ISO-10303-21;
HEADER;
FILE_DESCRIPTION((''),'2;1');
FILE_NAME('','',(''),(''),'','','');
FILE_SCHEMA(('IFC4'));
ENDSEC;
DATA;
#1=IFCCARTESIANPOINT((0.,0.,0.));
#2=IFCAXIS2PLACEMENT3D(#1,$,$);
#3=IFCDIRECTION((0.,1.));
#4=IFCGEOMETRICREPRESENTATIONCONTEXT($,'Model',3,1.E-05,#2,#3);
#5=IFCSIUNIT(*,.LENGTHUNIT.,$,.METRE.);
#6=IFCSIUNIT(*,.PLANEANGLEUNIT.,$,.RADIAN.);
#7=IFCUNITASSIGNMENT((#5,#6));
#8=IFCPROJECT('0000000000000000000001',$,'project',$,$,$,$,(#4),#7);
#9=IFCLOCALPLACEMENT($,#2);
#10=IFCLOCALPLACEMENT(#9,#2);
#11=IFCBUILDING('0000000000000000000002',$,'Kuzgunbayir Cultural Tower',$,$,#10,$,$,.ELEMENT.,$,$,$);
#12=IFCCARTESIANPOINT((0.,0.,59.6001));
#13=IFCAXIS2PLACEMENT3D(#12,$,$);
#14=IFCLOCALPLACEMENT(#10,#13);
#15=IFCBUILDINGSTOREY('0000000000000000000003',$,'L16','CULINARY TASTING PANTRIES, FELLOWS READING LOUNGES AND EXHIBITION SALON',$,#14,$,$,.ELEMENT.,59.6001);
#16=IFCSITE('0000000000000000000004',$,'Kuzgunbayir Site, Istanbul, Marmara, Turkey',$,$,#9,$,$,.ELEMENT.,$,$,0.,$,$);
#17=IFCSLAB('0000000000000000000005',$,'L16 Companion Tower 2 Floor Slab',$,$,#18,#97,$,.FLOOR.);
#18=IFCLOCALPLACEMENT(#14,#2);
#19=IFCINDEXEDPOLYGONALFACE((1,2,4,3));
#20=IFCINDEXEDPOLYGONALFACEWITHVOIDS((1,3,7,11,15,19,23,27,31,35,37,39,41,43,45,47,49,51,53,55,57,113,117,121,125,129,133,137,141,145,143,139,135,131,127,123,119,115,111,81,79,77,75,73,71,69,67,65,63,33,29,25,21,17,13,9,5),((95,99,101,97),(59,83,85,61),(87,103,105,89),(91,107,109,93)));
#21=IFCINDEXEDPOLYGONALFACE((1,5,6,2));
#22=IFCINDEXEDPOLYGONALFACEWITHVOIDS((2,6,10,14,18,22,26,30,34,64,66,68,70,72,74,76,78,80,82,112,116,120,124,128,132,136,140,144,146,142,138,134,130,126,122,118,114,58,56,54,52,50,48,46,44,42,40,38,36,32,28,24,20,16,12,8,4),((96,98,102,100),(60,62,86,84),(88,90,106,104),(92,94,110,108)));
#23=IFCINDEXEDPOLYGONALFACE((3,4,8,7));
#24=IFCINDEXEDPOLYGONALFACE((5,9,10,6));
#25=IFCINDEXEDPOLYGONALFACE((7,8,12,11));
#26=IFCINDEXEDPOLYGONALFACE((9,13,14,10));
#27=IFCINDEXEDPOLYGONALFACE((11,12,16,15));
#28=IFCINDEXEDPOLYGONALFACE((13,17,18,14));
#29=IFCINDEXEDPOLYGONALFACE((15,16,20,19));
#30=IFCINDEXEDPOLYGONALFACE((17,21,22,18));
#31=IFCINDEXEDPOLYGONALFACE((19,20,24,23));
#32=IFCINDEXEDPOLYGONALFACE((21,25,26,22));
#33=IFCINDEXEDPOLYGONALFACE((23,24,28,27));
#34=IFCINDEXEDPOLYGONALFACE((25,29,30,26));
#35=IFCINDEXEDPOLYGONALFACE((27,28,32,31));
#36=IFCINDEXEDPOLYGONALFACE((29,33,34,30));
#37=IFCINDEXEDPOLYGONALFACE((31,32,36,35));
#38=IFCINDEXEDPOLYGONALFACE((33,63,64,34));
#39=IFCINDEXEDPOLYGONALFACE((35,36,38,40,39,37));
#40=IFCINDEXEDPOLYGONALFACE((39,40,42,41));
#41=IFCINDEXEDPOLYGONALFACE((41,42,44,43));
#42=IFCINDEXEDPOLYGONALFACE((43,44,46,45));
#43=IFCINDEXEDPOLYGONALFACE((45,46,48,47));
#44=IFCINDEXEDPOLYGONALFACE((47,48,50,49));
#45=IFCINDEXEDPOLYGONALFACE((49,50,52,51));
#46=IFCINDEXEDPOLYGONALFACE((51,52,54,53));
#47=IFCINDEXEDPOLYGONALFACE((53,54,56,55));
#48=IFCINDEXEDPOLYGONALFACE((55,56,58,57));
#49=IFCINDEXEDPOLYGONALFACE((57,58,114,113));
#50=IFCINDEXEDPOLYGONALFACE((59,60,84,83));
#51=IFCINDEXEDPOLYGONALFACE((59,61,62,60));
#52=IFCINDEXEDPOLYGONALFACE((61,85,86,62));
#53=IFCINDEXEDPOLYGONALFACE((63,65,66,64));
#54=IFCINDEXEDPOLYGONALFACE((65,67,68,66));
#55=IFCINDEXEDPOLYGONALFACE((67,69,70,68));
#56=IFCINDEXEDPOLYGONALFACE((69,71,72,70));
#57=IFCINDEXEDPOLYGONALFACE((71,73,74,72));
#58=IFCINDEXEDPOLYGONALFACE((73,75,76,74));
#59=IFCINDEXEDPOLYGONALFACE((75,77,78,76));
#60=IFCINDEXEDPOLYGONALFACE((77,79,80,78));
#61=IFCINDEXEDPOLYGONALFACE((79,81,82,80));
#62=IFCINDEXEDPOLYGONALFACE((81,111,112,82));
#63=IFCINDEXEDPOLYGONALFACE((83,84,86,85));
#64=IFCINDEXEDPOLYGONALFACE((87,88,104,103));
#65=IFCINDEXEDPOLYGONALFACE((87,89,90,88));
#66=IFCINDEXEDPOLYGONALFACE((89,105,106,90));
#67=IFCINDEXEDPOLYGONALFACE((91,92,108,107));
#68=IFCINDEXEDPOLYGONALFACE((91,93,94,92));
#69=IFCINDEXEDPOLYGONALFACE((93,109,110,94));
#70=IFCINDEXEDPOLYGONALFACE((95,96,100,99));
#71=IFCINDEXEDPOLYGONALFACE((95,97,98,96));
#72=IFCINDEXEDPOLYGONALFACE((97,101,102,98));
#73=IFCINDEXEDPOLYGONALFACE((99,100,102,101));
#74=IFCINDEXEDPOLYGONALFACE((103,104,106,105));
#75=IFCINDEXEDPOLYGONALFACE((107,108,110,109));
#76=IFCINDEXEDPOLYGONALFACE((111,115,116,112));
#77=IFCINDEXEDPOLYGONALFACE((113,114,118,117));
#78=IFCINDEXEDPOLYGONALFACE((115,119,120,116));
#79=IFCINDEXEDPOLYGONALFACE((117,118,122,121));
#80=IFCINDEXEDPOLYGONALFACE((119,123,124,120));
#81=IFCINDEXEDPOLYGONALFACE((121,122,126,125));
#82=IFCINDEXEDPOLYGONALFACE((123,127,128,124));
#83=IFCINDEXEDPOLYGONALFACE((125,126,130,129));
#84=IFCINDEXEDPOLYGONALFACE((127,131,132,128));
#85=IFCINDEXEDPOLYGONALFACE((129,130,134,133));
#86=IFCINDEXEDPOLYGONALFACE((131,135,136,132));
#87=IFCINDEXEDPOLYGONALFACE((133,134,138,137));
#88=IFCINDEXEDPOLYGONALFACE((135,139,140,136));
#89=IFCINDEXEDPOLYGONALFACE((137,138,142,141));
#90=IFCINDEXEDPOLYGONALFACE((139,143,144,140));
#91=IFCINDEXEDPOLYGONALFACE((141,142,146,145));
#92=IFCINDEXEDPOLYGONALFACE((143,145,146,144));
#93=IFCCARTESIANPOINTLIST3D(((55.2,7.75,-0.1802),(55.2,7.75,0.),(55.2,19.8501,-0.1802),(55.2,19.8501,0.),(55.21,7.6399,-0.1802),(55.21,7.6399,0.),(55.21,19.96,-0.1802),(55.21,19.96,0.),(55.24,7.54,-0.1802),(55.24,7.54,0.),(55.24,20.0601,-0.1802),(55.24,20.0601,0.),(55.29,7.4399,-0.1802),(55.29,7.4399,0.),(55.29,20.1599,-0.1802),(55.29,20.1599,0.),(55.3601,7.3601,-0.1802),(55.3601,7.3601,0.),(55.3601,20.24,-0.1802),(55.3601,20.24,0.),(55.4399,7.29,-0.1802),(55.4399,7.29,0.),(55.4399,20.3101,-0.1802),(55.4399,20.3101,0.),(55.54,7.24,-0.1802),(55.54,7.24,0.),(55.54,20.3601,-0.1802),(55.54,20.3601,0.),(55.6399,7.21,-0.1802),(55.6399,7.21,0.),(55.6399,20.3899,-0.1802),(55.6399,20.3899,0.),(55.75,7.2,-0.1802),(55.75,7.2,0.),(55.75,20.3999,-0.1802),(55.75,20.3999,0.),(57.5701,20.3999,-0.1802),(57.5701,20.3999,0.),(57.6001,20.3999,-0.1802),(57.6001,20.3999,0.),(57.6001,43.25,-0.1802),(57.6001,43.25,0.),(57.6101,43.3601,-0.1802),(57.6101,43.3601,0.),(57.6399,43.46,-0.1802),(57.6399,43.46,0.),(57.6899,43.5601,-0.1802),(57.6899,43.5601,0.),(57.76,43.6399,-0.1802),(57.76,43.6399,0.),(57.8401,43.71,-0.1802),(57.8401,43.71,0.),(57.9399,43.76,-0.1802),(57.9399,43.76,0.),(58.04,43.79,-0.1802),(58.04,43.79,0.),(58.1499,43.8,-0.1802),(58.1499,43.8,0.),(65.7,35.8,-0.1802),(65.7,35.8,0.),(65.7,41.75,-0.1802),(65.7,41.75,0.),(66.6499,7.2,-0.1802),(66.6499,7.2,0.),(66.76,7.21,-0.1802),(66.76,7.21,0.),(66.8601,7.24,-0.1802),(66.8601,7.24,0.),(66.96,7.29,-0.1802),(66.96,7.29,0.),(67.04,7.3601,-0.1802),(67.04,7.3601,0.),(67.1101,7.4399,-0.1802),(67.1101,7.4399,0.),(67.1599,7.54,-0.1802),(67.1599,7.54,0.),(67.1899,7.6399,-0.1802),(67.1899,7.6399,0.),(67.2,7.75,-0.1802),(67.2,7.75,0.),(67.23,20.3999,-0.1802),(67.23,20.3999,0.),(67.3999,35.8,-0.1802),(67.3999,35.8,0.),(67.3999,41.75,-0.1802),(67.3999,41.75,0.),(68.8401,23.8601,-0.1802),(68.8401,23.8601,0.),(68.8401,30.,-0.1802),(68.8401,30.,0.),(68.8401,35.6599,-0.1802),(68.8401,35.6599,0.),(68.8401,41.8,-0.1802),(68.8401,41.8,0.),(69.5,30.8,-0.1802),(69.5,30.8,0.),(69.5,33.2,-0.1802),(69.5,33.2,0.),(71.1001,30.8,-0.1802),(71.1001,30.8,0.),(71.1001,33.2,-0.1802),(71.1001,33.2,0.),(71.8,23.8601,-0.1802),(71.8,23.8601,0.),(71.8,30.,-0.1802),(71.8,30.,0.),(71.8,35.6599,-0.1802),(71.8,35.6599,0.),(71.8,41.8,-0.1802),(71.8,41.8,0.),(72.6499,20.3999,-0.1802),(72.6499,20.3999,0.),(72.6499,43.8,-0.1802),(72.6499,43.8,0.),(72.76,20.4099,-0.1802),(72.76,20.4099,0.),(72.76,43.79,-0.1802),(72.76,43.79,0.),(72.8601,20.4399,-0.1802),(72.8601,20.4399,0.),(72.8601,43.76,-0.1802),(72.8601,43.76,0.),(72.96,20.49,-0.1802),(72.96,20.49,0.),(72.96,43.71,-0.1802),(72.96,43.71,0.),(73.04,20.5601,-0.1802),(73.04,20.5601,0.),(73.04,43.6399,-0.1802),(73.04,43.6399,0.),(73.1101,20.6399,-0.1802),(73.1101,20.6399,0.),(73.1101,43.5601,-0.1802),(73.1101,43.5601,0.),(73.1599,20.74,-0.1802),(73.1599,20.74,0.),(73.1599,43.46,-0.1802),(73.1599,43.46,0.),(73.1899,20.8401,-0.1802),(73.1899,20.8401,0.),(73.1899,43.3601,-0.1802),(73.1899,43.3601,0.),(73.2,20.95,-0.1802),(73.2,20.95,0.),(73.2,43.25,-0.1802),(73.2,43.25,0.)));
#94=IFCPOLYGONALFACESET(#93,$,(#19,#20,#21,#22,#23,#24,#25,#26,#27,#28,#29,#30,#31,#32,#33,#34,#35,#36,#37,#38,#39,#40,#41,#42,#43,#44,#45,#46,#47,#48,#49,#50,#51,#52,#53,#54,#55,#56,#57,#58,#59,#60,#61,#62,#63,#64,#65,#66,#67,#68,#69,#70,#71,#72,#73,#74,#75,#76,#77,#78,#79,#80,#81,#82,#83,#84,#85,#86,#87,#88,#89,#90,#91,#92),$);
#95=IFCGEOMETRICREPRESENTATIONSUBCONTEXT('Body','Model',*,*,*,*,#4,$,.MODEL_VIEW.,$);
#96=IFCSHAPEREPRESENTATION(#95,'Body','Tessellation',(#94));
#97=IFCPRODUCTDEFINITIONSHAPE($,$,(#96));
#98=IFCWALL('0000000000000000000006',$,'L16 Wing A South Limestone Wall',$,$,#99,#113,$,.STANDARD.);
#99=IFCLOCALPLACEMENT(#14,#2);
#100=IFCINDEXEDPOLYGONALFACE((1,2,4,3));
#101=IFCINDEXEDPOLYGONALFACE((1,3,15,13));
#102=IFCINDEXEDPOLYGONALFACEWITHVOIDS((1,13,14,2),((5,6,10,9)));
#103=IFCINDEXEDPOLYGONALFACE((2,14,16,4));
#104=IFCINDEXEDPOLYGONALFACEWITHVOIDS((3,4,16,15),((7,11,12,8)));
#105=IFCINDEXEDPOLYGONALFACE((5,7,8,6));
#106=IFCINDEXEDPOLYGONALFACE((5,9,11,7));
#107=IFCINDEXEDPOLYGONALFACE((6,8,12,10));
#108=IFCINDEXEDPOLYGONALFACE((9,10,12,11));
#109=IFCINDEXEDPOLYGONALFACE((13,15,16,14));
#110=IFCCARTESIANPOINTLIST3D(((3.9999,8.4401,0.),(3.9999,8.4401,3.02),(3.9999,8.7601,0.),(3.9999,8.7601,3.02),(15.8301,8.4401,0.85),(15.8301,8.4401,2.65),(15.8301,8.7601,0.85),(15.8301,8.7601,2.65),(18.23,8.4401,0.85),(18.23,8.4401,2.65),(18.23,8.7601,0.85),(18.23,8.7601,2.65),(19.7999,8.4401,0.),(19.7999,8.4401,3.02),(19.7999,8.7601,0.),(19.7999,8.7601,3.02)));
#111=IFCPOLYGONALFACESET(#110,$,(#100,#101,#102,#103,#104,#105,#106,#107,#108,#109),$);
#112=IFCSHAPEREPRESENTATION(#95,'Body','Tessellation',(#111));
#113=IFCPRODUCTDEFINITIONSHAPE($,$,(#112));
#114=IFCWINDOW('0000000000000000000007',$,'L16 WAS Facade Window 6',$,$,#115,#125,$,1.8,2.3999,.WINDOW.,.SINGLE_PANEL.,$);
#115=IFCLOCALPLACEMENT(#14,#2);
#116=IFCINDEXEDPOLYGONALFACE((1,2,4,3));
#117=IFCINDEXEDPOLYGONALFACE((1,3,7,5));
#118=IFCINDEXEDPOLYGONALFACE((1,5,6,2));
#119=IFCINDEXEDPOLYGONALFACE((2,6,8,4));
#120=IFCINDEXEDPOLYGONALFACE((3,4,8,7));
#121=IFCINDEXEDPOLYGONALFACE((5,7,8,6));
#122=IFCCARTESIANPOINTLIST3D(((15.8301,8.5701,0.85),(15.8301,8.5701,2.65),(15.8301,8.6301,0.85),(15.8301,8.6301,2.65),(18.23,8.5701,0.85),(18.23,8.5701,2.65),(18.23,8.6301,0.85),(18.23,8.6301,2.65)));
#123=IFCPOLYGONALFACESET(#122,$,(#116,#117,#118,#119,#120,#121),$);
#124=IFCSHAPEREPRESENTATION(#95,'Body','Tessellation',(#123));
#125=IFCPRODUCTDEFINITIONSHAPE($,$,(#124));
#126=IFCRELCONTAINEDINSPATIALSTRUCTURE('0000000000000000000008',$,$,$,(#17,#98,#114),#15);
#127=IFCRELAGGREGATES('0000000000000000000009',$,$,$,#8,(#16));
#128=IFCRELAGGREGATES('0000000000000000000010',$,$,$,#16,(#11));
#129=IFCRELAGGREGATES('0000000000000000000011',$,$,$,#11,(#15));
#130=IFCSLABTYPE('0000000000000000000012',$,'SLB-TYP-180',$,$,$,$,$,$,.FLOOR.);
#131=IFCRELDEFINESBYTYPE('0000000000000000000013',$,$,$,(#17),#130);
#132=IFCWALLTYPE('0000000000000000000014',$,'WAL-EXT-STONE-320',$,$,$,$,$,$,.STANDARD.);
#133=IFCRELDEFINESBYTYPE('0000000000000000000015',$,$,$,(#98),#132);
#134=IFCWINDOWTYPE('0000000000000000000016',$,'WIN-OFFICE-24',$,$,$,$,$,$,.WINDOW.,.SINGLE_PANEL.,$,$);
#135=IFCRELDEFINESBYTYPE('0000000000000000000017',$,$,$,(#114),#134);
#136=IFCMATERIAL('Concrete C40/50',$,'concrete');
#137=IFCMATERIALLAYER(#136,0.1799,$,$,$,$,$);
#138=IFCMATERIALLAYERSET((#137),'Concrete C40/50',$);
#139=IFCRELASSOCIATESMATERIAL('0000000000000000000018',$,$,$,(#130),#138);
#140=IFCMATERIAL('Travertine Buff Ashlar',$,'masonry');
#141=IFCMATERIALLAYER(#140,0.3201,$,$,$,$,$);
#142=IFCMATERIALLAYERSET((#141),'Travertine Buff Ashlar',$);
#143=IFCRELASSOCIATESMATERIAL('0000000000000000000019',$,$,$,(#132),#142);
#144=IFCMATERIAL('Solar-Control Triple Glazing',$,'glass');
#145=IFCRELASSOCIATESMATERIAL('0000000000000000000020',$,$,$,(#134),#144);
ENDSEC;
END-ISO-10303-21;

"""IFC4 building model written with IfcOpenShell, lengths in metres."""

from ifc_helpers import new_model, si_unit, direction, frame, frame_2d, origin, place, context, subcontext, project, spatial, polyline, rectangle, outline, extrude, material, layer, layer_set, type_object, element, fill, save


model = new_model("IFC4")

# Units and contexts
model_context = context("Model", 3, precision=1e-05, world=origin(), true_north=direction((0.0, 1.0)))
body_context = subcontext(model_context, "Body", "Model", "MODEL_VIEW")
ifc_project = project(units=[si_unit("LENGTHUNIT", "METRE"), si_unit("PLANEANGLEUNIT", "RADIAN")], contexts=[model_context])

# Site, building, storey
site_placement = place(None, origin())
site = spatial("IfcSite", under=ifc_project, at=site_placement, Name="Kuzgunbayir Site, Istanbul, Marmara, Turkey", CompositionType="ELEMENT", RefElevation=0.0)
building_placement = place(site_placement, origin())
building = spatial("IfcBuilding", under=site, at=building_placement, Name="Kuzgunbayir Cultural Tower", CompositionType="ELEMENT")
storey_placement = place(building_placement, frame((0.0, 0.0, 59.6001)))
storey = spatial("IfcBuildingStorey", under=building, at=storey_placement, Name="L16", Description="CULINARY TASTING PANTRIES, FELLOWS READING LOUNGES AND EXHIBITION SALON", CompositionType="ELEMENT", Elevation=59.6001)

# Shared definitions
ifc_material_1 = material(Name="Concrete C40/50", Category="concrete")

# Slab
ifc_layer_1 = layer(ifc_material_1, 0.1799)
ifc_layer_set_1 = layer_set([ifc_layer_1], Name="Concrete C40/50")
slab_type_1 = type_object("IfcSlabType", Name="SLB-TYP-180", PredefinedType="FLOOR", material=ifc_layer_set_1)
slab_1_placement = place(storey_placement, frame((0.0, 0.0, -0.1802)))
element("IfcSlab", 1, at=slab_1_placement, inside=storey, type_object=slab_type_1, Name="L16 Companion Tower 2 Floor Slab", PredefinedType="FLOOR", context=body_context, shape_type="SweptSolid", body=[
    extrude(outline(polyline([(57.6001, 20.3999), (57.6001, 43.25), (57.6101, 43.3601), (57.6399, 43.46), (57.6899, 43.5601), (57.76, 43.6399), (57.8401, 43.71), (57.9399, 43.76), (58.04, 43.79), (58.1499, 43.8), (72.6499, 43.8), (72.76, 43.79), (72.8601, 43.76), (72.96, 43.71), (73.04, 43.6399), (73.1101, 43.5601), (73.1599, 43.46), (73.1899, 43.3601), (73.2, 43.25), (73.2, 20.95), (73.1899, 20.8401), (73.1599, 20.74), (73.1101, 20.6399), (73.04, 20.5601), (72.96, 20.49), (72.8601, 20.4399), (72.76, 20.4099), (72.6499, 20.3999), (67.23, 20.3999), (67.2, 7.75), (67.1899, 7.6399), (67.1599, 7.54), (67.1101, 7.4399), (67.04, 7.3601), (66.96, 7.29), (66.8601, 7.24), (66.76, 7.21), (66.6499, 7.2), (55.75, 7.2), (55.6399, 7.21), (55.54, 7.24), (55.4399, 7.29), (55.3601, 7.3601), (55.29, 7.4399), (55.24, 7.54), (55.21, 7.6399), (55.2, 7.75), (55.2, 19.8501), (55.21, 19.96), (55.24, 20.0601), (55.29, 20.1599), (55.3601, 20.24), (55.4399, 20.3101), (55.54, 20.3601), (55.6399, 20.3899), (55.75, 20.3999), (57.5701, 20.3999), (57.6001, 20.3999)]), holes=[polyline([(68.8401, 23.8601), (68.8401, 30.0), (71.8, 30.0), (71.8, 23.8601), (68.8401, 23.8601)]), polyline([(68.8401, 35.6599), (68.8401, 41.8), (71.8, 41.8), (71.8, 35.6599), (68.8401, 35.6599)]), polyline([(65.7, 35.8), (65.7, 41.75), (67.3999, 41.75), (67.3999, 35.8), (65.7, 35.8)]), polyline([(69.5, 30.8), (69.5, 33.2), (71.1001, 33.2), (71.1001, 30.8), (69.5, 30.8)])]), origin(), (0.0, 0.0, 1.0), 0.1802),
])

# Wall, opening, window
ifc_material_2 = material(Name="Travertine Buff Ashlar", Category="masonry")
ifc_layer_2 = layer(ifc_material_2, 0.3201)
ifc_layer_set_2 = layer_set([ifc_layer_2], Name="Travertine Buff Ashlar")
wall_type_1 = type_object("IfcWallType", Name="WAL-EXT-STONE-320", PredefinedType="STANDARD", material=ifc_layer_set_2)
wall_1_placement = place(storey_placement, frame((4.0, 8.6001, 0.0), z_axis=(0.0, 0.0, 1.0), x_axis=(1.0, 0.0, 0.0)))
wall_1 = element("IfcWall", 2, at=wall_1_placement, inside=storey, type_object=wall_type_1, Name="L16 Wing A South Limestone Wall", PredefinedType="STANDARD", context=body_context, shape_type="SweptSolid", body=[
    extrude(rectangle(XDim=15.8, YDim=0.3201, at=frame_2d((7.8999, 0.0))), origin(), (0.0, 0.0, 1.0), 3.02),
])
opening_1_placement = place(wall_1_placement, frame((11.8301, 0.0, 0.8501)))
opening_1 = element("IfcOpeningElement", 3, at=opening_1_placement, cuts=wall_1, PredefinedType="OPENING", context=body_context, shape_type="SweptSolid", body=[
    extrude(rectangle(XDim=2.3999, YDim=1.8, at=frame_2d((1.2, 0.8999))), frame((0.0, 0.1699, 0.0), z_axis=(0.0, -1.0, 0.0), x_axis=(1.0, 0.0, 0.0)), (0.0, 0.0, 1.0), 0.3401),
])
ifc_material_3 = material(Name="Solar-Control Triple Glazing", Category="glass")
window_type = type_object("IfcWindowType", Name="WIN-OFFICE-24", PartitioningType="SINGLE_PANEL", PredefinedType="WINDOW", material=ifc_material_3)
window_placement = place(opening_1_placement, origin())
window = element("IfcWindow", 4, at=window_placement, inside=storey, type_object=window_type, Name="L16 WAS Facade Window 6", OverallHeight=1.8, OverallWidth=2.3999, PartitioningType="SINGLE_PANEL", PredefinedType="WINDOW", context=body_context, shape_type="SweptSolid", body=[
    extrude(rectangle(XDim=2.3999, YDim=1.8, at=frame_2d((1.2, 0.8999))), frame((0.0, 0.03, 0.0), z_axis=(0.0, -1.0, 0.0), x_axis=(1.0, 0.0, 0.0)), (0.0, 0.0, 1.0), 0.0601),
])
fill(opening_1, window)

save(model, "model.ifc")
